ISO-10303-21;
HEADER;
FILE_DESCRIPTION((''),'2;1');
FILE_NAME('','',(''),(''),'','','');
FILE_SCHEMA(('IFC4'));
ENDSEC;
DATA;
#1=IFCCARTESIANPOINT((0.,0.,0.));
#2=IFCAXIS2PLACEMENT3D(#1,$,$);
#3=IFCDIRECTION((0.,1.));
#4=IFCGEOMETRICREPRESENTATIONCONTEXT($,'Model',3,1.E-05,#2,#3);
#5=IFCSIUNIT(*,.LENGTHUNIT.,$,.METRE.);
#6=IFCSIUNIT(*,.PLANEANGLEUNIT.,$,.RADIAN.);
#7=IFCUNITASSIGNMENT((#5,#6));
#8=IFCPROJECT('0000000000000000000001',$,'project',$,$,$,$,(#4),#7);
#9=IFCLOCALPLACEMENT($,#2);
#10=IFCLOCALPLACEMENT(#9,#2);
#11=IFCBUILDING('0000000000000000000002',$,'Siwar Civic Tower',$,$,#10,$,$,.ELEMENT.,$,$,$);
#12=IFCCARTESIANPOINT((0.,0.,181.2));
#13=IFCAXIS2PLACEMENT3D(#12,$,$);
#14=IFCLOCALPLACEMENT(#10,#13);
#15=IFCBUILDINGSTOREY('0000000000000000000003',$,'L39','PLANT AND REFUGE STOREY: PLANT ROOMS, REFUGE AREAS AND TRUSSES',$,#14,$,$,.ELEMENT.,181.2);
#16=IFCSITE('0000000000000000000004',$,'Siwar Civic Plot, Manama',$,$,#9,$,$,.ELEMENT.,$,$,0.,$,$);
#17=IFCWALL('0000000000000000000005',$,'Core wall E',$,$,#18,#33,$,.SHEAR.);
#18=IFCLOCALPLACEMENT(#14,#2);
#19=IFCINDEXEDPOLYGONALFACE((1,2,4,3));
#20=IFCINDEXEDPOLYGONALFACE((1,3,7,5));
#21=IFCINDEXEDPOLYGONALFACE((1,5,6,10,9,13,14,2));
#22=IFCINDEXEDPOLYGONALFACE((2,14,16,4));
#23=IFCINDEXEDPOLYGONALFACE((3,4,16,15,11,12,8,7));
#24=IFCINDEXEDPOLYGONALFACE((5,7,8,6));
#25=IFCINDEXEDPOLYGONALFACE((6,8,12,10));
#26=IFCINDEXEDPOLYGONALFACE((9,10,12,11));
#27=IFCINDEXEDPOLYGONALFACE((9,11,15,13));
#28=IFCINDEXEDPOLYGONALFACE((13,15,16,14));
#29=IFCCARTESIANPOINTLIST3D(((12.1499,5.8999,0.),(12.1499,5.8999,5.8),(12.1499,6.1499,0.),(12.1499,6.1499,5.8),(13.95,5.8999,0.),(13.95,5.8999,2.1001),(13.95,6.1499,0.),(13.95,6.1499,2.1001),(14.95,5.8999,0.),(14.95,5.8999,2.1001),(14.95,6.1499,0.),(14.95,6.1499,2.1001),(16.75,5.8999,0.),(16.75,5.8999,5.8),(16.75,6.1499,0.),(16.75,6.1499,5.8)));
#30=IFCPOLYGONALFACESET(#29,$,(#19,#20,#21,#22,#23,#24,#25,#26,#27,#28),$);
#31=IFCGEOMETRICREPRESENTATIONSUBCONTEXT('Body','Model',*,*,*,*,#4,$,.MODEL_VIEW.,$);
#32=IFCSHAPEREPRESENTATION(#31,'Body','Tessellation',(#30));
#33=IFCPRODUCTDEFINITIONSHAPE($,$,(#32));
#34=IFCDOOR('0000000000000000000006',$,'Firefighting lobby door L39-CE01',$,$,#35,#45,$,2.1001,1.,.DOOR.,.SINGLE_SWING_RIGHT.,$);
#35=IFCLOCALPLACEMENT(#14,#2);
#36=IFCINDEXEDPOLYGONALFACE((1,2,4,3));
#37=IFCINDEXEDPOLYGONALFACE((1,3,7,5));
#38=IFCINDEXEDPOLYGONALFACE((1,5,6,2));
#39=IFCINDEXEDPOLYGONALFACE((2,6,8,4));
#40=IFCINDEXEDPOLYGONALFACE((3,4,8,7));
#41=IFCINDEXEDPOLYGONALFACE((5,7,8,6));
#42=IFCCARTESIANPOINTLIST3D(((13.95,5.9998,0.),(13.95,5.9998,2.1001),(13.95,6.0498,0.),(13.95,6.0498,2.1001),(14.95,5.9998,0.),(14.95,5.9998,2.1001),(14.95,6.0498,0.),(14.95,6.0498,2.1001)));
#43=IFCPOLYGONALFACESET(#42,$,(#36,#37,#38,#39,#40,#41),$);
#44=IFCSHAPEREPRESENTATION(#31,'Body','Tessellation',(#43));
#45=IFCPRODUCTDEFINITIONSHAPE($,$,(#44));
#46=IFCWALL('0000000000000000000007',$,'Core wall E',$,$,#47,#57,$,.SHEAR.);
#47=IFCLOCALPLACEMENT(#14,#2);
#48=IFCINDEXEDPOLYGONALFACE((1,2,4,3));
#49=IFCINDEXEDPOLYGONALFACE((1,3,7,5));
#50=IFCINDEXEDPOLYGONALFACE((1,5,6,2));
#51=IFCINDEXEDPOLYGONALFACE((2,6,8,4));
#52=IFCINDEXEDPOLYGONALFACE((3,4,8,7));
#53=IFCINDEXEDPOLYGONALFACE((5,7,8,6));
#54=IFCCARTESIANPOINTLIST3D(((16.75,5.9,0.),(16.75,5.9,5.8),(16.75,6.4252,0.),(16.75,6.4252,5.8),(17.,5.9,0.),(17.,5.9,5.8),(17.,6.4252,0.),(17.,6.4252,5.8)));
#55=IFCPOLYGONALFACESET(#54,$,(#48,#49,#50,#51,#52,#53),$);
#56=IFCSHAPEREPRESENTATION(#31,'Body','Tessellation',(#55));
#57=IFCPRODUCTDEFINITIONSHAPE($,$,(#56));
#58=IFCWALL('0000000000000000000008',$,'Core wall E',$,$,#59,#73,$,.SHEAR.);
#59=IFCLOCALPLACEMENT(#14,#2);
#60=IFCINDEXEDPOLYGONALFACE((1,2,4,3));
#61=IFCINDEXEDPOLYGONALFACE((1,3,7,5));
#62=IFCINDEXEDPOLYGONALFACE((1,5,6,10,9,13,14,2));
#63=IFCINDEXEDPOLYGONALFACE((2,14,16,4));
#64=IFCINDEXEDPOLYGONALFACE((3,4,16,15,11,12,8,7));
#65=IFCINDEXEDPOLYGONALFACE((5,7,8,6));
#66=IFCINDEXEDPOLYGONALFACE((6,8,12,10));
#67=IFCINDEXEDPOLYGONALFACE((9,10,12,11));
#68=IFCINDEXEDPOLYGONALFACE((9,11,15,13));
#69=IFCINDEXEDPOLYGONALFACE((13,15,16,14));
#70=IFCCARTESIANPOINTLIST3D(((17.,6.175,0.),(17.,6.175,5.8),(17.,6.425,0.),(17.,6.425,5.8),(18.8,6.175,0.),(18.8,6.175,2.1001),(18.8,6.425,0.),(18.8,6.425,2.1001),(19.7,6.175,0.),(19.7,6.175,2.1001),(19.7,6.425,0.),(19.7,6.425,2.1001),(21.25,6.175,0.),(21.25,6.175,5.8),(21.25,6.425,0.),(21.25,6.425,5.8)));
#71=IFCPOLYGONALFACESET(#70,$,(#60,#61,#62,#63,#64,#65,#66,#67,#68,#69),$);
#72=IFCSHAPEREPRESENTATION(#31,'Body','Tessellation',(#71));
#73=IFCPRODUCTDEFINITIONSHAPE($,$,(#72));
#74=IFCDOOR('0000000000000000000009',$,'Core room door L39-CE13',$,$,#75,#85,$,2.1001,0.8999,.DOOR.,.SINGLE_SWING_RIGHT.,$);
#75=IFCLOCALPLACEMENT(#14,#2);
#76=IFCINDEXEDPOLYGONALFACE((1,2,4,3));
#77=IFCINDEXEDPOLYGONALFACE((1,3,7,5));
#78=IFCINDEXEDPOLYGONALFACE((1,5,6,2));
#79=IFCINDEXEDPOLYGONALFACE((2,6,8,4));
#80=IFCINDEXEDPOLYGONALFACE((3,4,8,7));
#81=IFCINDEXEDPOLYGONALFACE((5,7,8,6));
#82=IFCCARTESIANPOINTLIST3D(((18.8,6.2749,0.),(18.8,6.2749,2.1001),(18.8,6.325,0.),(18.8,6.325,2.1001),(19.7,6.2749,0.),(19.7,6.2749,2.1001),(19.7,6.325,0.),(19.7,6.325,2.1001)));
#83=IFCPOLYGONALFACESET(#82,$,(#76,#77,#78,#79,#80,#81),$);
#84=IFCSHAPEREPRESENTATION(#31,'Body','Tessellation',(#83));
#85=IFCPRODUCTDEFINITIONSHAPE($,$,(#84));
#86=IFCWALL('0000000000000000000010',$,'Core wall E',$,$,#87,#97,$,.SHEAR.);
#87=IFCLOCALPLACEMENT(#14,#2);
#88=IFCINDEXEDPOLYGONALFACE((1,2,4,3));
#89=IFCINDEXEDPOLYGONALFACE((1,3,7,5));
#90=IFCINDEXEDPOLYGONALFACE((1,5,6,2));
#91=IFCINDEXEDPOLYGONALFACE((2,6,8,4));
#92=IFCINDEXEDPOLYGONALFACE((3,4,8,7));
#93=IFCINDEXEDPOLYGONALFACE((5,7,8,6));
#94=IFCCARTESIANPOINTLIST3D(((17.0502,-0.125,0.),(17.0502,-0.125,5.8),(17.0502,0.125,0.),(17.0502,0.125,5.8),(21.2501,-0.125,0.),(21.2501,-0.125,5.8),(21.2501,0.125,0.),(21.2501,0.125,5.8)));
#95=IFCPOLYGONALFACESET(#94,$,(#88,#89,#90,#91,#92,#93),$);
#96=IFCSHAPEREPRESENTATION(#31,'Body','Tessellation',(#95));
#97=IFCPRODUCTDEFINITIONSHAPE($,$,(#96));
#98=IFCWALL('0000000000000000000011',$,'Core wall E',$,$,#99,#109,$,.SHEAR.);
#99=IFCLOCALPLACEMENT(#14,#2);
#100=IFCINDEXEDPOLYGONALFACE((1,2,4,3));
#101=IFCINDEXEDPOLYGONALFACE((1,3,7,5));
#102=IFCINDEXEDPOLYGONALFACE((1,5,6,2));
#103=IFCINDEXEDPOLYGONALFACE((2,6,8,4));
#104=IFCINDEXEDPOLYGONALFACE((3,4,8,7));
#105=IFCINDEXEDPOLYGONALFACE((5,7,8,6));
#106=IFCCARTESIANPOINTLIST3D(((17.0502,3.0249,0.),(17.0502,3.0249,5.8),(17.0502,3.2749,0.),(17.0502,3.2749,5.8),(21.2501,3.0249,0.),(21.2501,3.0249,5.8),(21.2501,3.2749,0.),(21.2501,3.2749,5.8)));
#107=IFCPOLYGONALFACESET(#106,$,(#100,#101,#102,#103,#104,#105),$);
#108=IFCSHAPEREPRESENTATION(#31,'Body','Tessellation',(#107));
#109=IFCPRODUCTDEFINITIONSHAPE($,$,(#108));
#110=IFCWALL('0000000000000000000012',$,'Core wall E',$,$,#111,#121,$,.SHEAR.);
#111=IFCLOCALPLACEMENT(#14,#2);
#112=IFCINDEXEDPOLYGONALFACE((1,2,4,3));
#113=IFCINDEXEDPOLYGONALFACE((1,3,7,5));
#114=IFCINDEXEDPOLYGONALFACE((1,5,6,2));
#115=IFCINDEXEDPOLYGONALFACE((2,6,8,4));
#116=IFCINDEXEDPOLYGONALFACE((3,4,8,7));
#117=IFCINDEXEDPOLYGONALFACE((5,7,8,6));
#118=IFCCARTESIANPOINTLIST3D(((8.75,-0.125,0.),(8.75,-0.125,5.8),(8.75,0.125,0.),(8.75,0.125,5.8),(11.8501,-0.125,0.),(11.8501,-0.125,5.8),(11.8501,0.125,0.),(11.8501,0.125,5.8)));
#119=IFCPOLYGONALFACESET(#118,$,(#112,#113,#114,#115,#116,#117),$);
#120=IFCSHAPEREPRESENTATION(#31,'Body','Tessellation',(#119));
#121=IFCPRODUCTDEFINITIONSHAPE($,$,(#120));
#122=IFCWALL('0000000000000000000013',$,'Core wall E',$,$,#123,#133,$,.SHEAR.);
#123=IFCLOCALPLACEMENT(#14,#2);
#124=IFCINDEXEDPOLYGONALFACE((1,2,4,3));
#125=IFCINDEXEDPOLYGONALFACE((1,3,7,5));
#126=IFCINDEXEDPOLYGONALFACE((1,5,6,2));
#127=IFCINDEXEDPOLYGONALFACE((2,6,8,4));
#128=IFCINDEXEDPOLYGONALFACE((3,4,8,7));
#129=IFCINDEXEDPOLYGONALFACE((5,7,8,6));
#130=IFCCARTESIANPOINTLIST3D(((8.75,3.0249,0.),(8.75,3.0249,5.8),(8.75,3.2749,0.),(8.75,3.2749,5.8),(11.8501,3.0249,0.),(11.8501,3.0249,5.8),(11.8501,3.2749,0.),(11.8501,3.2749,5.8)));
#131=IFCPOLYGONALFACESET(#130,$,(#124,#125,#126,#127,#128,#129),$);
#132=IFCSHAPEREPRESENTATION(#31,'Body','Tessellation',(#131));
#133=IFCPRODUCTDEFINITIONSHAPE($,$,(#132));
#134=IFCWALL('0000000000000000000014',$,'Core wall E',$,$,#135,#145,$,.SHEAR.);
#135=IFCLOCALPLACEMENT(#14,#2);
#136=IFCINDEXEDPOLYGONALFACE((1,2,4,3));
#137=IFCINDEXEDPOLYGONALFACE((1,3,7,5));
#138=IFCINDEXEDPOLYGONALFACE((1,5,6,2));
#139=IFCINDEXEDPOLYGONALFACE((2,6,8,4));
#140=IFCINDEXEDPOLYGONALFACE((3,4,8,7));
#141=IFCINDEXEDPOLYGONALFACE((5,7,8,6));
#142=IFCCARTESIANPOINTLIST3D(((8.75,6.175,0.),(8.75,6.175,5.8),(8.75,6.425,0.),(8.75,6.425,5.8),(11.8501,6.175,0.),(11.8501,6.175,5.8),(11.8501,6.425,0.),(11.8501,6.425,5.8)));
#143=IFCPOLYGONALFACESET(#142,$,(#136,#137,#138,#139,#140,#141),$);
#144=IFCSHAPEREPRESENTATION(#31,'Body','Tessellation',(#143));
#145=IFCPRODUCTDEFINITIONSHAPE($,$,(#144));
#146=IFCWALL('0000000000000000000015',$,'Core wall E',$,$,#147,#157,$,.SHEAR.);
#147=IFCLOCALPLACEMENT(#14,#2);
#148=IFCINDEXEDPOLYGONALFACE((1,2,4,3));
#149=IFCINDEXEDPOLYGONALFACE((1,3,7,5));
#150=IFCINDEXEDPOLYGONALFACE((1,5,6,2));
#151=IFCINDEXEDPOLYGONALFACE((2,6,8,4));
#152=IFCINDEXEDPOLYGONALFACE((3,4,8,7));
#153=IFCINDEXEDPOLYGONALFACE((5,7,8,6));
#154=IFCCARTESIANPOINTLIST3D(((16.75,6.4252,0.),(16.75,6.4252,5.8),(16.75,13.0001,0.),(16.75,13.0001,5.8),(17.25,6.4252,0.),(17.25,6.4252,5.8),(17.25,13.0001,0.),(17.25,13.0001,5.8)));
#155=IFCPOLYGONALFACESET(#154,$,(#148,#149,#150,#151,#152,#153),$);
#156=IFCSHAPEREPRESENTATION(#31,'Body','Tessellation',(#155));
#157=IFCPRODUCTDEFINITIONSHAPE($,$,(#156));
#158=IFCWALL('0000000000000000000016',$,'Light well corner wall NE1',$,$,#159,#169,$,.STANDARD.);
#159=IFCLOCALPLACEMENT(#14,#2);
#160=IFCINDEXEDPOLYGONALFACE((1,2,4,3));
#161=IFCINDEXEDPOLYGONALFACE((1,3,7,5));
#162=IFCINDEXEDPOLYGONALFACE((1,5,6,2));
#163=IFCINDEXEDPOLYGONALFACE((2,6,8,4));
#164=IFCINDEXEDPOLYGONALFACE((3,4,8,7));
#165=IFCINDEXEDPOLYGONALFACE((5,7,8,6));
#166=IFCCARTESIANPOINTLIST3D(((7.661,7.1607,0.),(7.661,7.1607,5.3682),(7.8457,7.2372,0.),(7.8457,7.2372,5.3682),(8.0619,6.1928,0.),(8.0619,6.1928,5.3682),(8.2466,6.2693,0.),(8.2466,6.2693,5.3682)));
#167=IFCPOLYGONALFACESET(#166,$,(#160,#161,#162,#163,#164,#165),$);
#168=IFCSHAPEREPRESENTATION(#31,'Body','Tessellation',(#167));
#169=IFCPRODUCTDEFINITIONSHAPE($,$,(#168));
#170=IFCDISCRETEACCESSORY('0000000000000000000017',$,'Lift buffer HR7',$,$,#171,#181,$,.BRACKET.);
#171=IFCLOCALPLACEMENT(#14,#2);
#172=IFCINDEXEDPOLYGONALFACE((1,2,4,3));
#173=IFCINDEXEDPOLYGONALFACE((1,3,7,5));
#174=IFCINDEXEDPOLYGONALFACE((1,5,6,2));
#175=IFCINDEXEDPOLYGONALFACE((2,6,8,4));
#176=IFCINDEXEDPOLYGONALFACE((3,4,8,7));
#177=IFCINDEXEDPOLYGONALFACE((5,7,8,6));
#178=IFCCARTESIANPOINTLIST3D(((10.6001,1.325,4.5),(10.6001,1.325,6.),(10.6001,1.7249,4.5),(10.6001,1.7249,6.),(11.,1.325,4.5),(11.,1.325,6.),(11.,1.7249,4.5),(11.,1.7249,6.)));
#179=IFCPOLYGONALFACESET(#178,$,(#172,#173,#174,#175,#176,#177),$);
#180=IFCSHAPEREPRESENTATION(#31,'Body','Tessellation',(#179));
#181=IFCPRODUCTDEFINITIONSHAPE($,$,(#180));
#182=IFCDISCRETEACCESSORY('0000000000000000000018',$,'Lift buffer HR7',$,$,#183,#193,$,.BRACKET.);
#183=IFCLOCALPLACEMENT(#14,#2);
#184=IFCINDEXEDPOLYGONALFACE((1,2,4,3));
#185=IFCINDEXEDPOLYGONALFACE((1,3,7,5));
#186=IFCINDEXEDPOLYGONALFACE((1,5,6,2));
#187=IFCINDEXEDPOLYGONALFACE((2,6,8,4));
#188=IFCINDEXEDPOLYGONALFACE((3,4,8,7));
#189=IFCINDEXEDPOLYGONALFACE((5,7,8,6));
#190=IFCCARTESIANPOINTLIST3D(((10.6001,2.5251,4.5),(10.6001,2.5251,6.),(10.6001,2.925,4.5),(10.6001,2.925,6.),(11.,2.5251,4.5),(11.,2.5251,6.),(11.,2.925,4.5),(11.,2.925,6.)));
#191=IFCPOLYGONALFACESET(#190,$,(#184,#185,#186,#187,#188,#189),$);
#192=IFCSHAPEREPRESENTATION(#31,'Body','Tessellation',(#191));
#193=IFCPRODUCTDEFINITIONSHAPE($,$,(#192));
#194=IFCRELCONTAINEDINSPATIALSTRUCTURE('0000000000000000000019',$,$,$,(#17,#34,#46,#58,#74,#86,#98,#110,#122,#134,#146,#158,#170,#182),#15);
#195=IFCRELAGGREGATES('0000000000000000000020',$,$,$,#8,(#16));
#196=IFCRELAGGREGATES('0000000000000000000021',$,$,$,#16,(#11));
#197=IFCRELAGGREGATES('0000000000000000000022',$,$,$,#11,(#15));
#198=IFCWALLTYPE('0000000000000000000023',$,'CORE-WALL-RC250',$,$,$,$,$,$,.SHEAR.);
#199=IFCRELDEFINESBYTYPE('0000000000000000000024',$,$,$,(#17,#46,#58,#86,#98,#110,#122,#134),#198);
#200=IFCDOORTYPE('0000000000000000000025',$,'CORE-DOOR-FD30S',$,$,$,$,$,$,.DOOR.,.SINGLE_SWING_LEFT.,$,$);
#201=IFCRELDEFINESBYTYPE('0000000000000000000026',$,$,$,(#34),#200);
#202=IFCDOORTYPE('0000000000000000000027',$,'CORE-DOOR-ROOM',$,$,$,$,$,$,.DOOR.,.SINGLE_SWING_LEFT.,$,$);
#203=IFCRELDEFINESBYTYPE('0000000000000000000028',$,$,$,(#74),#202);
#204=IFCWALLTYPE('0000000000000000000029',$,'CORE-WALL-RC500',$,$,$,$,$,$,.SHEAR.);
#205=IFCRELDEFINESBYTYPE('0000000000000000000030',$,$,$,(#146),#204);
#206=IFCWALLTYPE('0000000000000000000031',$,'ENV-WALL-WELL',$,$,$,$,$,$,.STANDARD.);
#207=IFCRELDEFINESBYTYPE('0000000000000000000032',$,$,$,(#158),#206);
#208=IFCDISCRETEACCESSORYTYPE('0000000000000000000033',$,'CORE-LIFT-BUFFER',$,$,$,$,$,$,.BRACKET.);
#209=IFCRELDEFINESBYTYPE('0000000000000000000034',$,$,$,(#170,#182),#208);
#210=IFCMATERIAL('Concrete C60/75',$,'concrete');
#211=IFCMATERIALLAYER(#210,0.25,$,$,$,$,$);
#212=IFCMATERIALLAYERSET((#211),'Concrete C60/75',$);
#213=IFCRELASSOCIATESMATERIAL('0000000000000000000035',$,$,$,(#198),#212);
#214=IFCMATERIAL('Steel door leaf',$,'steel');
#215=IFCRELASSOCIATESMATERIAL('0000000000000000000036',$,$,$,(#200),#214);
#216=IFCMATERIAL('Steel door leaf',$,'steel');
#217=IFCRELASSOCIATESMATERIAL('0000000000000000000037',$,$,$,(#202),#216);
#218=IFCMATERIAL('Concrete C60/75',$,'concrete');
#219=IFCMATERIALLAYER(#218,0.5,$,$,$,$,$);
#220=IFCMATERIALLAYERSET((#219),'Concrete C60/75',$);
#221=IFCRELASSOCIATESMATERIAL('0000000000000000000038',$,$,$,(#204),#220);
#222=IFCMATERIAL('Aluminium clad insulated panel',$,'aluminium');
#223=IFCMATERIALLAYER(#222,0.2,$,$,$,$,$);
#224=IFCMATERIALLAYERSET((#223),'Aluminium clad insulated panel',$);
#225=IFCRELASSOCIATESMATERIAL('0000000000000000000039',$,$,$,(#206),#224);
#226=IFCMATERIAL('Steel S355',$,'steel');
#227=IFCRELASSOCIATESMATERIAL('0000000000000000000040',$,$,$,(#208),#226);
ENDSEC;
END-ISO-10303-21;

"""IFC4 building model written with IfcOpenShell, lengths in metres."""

from ifc_helpers import new_model, si_unit, direction, frame, frame_2d, origin, origin_2d, place, context, subcontext, project, spatial, rectangle, extrude, material, layer, layer_set, type_object, element, fill, save


model = new_model("IFC4")

# Units and contexts
model_context = context("Model", 3, precision=1e-05, world=origin(), true_north=direction((0.0, 1.0)))
body_context = subcontext(model_context, "Body", "Model", "MODEL_VIEW")
ifc_project = project(units=[si_unit("LENGTHUNIT", "METRE"), si_unit("PLANEANGLEUNIT", "RADIAN")], contexts=[model_context])

# Site, building, storey
site_placement = place(None, origin())
site = spatial("IfcSite", under=ifc_project, at=site_placement, Name="Siwar Civic Plot, Manama", CompositionType="ELEMENT", RefElevation=0.0)
building_placement = place(site_placement, origin())
building = spatial("IfcBuilding", under=site, at=building_placement, Name="Siwar Civic Tower", CompositionType="ELEMENT")
storey_placement = place(building_placement, frame((0.0, 0.0, 181.2)))
storey = spatial("IfcBuildingStorey", under=building, at=storey_placement, Name="L39", Description="PLANT AND REFUGE STOREY: PLANT ROOMS, REFUGE AREAS AND TRUSSES", CompositionType="ELEMENT", Elevation=181.2)

# Wall, opening, door
ifc_material_1 = material(Name="Concrete C60/75", Category="concrete")
ifc_layer_1 = layer(ifc_material_1, 0.25)
ifc_layer_set_1 = layer_set([ifc_layer_1], Name="Concrete C60/75")
wall_type_1 = type_object("IfcWallType", Name="CORE-WALL-RC250", PredefinedType="SHEAR", material=ifc_layer_set_1)
wall_1_placement = place(storey_placement, frame((12.1499, 6.0249, 0.0), z_axis=(0.0, 0.0, 1.0), x_axis=(1.0, 0.0, 0.0)))
wall_1 = element("IfcWall", 1, at=wall_1_placement, inside=storey, type_object=wall_type_1, Name="Core wall E", PredefinedType="SHEAR", context=body_context, shape_type="SweptSolid", body=[
    extrude(rectangle(XDim=4.6001, YDim=0.25, at=frame_2d((2.3, 0.0))), origin(), (0.0, 0.0, 1.0), 5.8),
])
opening_1_placement = place(wall_1_placement, frame((1.8, 0.0, 0.0)))
opening_1 = element("IfcOpeningElement", 2, at=opening_1_placement, cuts=wall_1, PredefinedType="OPENING", context=body_context, shape_type="SweptSolid", body=[
    extrude(rectangle(XDim=1.0, YDim=2.1001, at=frame_2d((0.5, 1.05))), frame((0.0, 0.135, 0.0), z_axis=(0.0, -1.0, 0.0), x_axis=(1.0, 0.0, 0.0)), (0.0, 0.0, 1.0), 0.27),
])
ifc_material_2 = material(Name="Steel door leaf", Category="steel")
door_type_1 = type_object("IfcDoorType", Name="CORE-DOOR-FD30S", OperationType="SINGLE_SWING_LEFT", PredefinedType="DOOR", material=ifc_material_2)
door_1_placement = place(opening_1_placement, origin())
door_1 = element("IfcDoor", 3, at=door_1_placement, inside=storey, type_object=door_type_1, Name="Firefighting lobby door L39-CE01", OperationType="SINGLE_SWING_RIGHT", OverallHeight=2.1001, OverallWidth=1.0, PredefinedType="DOOR", context=body_context, shape_type="SweptSolid", body=[
    extrude(rectangle(XDim=1.0, YDim=2.1001, at=frame_2d((0.5, 1.05))), frame((0.0, 0.0249, 0.0), z_axis=(0.0, -1.0, 0.0), x_axis=(1.0, 0.0, 0.0)), (0.0, 0.0, 1.0), 0.05),
])
fill(opening_1, door_1)

# Wall
wall_2_placement = place(storey_placement, frame((16.875, 5.8999, 0.0), z_axis=(0.0, 0.0, 1.0), x_axis=(0.0, 1.0, 0.0)))
element("IfcWall", 4, at=wall_2_placement, inside=storey, type_object=wall_type_1, Name="Core wall E", PredefinedType="SHEAR", context=body_context, shape_type="SweptSolid", body=[
    extrude(rectangle(XDim=0.5251, YDim=0.25, at=frame_2d((0.2627, 0.0))), origin(), (0.0, 0.0, 1.0), 5.8),
])

# Wall, opening, door
wall_3_placement = place(storey_placement, frame((17.0, 6.3, 0.0), z_axis=(0.0, 0.0, 1.0), x_axis=(1.0, 0.0, 0.0)))
wall_3 = element("IfcWall", 5, at=wall_3_placement, inside=storey, type_object=wall_type_1, Name="Core wall E", PredefinedType="SHEAR", context=body_context, shape_type="SweptSolid", body=[
    extrude(rectangle(XDim=4.25, YDim=0.25, at=frame_2d((2.125, 0.0))), origin(), (0.0, 0.0, 1.0), 5.8),
])
opening_2_placement = place(wall_3_placement, frame((1.8, 0.0, 0.0)))
opening_2 = element("IfcOpeningElement", 6, at=opening_2_placement, cuts=wall_3, PredefinedType="OPENING", context=body_context, shape_type="SweptSolid", body=[
    extrude(rectangle(XDim=0.8999, YDim=2.1001, at=frame_2d((0.45, 1.05))), frame((0.0, 0.135, 0.0), z_axis=(0.0, -1.0, 0.0), x_axis=(1.0, 0.0, 0.0)), (0.0, 0.0, 1.0), 0.27),
])
ifc_material_3 = material(Name="Steel door leaf", Category="steel")
door_type_2 = type_object("IfcDoorType", Name="CORE-DOOR-ROOM", OperationType="SINGLE_SWING_LEFT", PredefinedType="DOOR", material=ifc_material_3)
door_2_placement = place(opening_2_placement, origin())
door_2 = element("IfcDoor", 7, at=door_2_placement, inside=storey, type_object=door_type_2, Name="Core room door L39-CE13", OperationType="SINGLE_SWING_RIGHT", OverallHeight=2.1001, OverallWidth=0.8999, PredefinedType="DOOR", context=body_context, shape_type="SweptSolid", body=[
    extrude(rectangle(XDim=0.8999, YDim=2.1001, at=frame_2d((0.45, 1.05))), frame((0.0, 0.0249, 0.0), z_axis=(0.0, -1.0, 0.0), x_axis=(1.0, 0.0, 0.0)), (0.0, 0.0, 1.0), 0.05),
])
fill(opening_2, door_2)

# Walls
for number, where, z_axis, x_axis, name in (
    (8, (17.05, 0.0, 0.0), (0.0, 0.0, 1.0), (1.0, 0.0, 0.0), "Core wall E"),
    (9, (17.05, 3.1499, 0.0), (0.0, 0.0, 1.0), (1.0, 0.0, 0.0), "Core wall E"),
):
    element("IfcWall", number, at=place(storey_placement, frame(where, z_axis=z_axis, x_axis=x_axis)), inside=storey, type_object=wall_type_1, Name=name, PredefinedType="SHEAR", context=body_context, shape_type="SweptSolid", body=[
        extrude(rectangle(XDim=4.2, YDim=0.25, at=frame_2d((2.1001, 0.0))), origin(), (0.0, 0.0, 1.0), 5.8),
    ])
for number, where, z_axis, x_axis, name in (
    (10, (8.75, 0.0, 0.0), (0.0, 0.0, 1.0), (1.0, 0.0, 0.0), "Core wall E"),
    (11, (8.75, 3.1499, 0.0), (0.0, 0.0, 1.0), (1.0, 0.0, 0.0), "Core wall E"),
    (12, (8.75, 6.3, 0.0), (0.0, 0.0, 1.0), (1.0, 0.0, 0.0), "Core wall E"),
):
    element("IfcWall", number, at=place(storey_placement, frame(where, z_axis=z_axis, x_axis=x_axis)), inside=storey, type_object=wall_type_1, Name=name, PredefinedType="SHEAR", context=body_context, shape_type="SweptSolid", body=[
        extrude(rectangle(XDim=3.1001, YDim=0.25, at=frame_2d((1.55, 0.0))), origin(), (0.0, 0.0, 1.0), 5.8),
    ])
ifc_material_4 = material(Name="Concrete C60/75", Category="concrete")
ifc_layer_2 = layer(ifc_material_4, 0.5)
ifc_layer_set_2 = layer_set([ifc_layer_2], Name="Concrete C60/75")
wall_type_2 = type_object("IfcWallType", Name="CORE-WALL-RC500", PredefinedType="SHEAR", material=ifc_layer_set_2)
wall_4_placement = place(storey_placement, frame((17.0, 6.425, 0.0), z_axis=(0.0, 0.0, 1.0), x_axis=(0.0, 1.0, 0.0)))
element("IfcWall", 13, at=wall_4_placement, inside=storey, type_object=wall_type_2, Name="Core wall E", PredefinedType="SHEAR", context=body_context, shape_type="SweptSolid", body=[
    extrude(rectangle(XDim=6.575, YDim=0.5, at=frame_2d((3.2876, 0.0))), origin(), (0.0, 0.0, 1.0), 5.8),
])
ifc_material_5 = material(Name="Aluminium clad insulated panel", Category="aluminium")
ifc_layer_3 = layer(ifc_material_5, 0.2)
ifc_layer_set_3 = layer_set([ifc_layer_3], Name="Aluminium clad insulated panel")
wall_type_3 = type_object("IfcWallType", Name="ENV-WALL-WELL", PredefinedType="STANDARD", material=ifc_layer_set_3)
wall_5_placement = place(storey_placement, frame((8.1543, 6.231, 0.0), z_axis=(0.0, 0.0, 1.0), x_axis=(-0.382695, 0.923875, 0.0)))
element("IfcWall", 14, at=wall_5_placement, inside=storey, type_object=wall_type_3, Name="Light well corner wall NE1", PredefinedType="STANDARD", context=body_context, shape_type="SweptSolid", body=[
    extrude(rectangle(XDim=1.0476, YDim=0.2, at=frame_2d((0.5239, 0.0))), origin(), (0.0, 0.0, 1.0), 5.3682),
])

# Discrete accessories
ifc_material_6 = material(Name="Steel S355", Category="steel")
discrete_accessory_type = type_object("IfcDiscreteAccessoryType", Name="CORE-LIFT-BUFFER", PredefinedType="BRACKET", material=ifc_material_6)
for number, where, z_axis, x_axis, name in (
    (15, (10.8, 1.5249, 4.5), (0.0, 0.0, 1.0), (1.0, 0.0, 0.0), "Lift buffer HR7"),
    (16, (10.8, 2.7251, 4.5), (0.0, 0.0, 1.0), (1.0, 0.0, 0.0), "Lift buffer HR7"),
):
    element("IfcDiscreteAccessory", number, at=place(storey_placement, frame(where, z_axis=z_axis, x_axis=x_axis)), inside=storey, type_object=discrete_accessory_type, Name=name, PredefinedType="BRACKET", context=body_context, shape_type="SweptSolid", body=[
        extrude(rectangle(XDim=0.3999, YDim=0.3999, at=origin_2d()), origin(), (0.0, 0.0, 1.0), 1.5),
    ])

save(model, "model.ifc")
